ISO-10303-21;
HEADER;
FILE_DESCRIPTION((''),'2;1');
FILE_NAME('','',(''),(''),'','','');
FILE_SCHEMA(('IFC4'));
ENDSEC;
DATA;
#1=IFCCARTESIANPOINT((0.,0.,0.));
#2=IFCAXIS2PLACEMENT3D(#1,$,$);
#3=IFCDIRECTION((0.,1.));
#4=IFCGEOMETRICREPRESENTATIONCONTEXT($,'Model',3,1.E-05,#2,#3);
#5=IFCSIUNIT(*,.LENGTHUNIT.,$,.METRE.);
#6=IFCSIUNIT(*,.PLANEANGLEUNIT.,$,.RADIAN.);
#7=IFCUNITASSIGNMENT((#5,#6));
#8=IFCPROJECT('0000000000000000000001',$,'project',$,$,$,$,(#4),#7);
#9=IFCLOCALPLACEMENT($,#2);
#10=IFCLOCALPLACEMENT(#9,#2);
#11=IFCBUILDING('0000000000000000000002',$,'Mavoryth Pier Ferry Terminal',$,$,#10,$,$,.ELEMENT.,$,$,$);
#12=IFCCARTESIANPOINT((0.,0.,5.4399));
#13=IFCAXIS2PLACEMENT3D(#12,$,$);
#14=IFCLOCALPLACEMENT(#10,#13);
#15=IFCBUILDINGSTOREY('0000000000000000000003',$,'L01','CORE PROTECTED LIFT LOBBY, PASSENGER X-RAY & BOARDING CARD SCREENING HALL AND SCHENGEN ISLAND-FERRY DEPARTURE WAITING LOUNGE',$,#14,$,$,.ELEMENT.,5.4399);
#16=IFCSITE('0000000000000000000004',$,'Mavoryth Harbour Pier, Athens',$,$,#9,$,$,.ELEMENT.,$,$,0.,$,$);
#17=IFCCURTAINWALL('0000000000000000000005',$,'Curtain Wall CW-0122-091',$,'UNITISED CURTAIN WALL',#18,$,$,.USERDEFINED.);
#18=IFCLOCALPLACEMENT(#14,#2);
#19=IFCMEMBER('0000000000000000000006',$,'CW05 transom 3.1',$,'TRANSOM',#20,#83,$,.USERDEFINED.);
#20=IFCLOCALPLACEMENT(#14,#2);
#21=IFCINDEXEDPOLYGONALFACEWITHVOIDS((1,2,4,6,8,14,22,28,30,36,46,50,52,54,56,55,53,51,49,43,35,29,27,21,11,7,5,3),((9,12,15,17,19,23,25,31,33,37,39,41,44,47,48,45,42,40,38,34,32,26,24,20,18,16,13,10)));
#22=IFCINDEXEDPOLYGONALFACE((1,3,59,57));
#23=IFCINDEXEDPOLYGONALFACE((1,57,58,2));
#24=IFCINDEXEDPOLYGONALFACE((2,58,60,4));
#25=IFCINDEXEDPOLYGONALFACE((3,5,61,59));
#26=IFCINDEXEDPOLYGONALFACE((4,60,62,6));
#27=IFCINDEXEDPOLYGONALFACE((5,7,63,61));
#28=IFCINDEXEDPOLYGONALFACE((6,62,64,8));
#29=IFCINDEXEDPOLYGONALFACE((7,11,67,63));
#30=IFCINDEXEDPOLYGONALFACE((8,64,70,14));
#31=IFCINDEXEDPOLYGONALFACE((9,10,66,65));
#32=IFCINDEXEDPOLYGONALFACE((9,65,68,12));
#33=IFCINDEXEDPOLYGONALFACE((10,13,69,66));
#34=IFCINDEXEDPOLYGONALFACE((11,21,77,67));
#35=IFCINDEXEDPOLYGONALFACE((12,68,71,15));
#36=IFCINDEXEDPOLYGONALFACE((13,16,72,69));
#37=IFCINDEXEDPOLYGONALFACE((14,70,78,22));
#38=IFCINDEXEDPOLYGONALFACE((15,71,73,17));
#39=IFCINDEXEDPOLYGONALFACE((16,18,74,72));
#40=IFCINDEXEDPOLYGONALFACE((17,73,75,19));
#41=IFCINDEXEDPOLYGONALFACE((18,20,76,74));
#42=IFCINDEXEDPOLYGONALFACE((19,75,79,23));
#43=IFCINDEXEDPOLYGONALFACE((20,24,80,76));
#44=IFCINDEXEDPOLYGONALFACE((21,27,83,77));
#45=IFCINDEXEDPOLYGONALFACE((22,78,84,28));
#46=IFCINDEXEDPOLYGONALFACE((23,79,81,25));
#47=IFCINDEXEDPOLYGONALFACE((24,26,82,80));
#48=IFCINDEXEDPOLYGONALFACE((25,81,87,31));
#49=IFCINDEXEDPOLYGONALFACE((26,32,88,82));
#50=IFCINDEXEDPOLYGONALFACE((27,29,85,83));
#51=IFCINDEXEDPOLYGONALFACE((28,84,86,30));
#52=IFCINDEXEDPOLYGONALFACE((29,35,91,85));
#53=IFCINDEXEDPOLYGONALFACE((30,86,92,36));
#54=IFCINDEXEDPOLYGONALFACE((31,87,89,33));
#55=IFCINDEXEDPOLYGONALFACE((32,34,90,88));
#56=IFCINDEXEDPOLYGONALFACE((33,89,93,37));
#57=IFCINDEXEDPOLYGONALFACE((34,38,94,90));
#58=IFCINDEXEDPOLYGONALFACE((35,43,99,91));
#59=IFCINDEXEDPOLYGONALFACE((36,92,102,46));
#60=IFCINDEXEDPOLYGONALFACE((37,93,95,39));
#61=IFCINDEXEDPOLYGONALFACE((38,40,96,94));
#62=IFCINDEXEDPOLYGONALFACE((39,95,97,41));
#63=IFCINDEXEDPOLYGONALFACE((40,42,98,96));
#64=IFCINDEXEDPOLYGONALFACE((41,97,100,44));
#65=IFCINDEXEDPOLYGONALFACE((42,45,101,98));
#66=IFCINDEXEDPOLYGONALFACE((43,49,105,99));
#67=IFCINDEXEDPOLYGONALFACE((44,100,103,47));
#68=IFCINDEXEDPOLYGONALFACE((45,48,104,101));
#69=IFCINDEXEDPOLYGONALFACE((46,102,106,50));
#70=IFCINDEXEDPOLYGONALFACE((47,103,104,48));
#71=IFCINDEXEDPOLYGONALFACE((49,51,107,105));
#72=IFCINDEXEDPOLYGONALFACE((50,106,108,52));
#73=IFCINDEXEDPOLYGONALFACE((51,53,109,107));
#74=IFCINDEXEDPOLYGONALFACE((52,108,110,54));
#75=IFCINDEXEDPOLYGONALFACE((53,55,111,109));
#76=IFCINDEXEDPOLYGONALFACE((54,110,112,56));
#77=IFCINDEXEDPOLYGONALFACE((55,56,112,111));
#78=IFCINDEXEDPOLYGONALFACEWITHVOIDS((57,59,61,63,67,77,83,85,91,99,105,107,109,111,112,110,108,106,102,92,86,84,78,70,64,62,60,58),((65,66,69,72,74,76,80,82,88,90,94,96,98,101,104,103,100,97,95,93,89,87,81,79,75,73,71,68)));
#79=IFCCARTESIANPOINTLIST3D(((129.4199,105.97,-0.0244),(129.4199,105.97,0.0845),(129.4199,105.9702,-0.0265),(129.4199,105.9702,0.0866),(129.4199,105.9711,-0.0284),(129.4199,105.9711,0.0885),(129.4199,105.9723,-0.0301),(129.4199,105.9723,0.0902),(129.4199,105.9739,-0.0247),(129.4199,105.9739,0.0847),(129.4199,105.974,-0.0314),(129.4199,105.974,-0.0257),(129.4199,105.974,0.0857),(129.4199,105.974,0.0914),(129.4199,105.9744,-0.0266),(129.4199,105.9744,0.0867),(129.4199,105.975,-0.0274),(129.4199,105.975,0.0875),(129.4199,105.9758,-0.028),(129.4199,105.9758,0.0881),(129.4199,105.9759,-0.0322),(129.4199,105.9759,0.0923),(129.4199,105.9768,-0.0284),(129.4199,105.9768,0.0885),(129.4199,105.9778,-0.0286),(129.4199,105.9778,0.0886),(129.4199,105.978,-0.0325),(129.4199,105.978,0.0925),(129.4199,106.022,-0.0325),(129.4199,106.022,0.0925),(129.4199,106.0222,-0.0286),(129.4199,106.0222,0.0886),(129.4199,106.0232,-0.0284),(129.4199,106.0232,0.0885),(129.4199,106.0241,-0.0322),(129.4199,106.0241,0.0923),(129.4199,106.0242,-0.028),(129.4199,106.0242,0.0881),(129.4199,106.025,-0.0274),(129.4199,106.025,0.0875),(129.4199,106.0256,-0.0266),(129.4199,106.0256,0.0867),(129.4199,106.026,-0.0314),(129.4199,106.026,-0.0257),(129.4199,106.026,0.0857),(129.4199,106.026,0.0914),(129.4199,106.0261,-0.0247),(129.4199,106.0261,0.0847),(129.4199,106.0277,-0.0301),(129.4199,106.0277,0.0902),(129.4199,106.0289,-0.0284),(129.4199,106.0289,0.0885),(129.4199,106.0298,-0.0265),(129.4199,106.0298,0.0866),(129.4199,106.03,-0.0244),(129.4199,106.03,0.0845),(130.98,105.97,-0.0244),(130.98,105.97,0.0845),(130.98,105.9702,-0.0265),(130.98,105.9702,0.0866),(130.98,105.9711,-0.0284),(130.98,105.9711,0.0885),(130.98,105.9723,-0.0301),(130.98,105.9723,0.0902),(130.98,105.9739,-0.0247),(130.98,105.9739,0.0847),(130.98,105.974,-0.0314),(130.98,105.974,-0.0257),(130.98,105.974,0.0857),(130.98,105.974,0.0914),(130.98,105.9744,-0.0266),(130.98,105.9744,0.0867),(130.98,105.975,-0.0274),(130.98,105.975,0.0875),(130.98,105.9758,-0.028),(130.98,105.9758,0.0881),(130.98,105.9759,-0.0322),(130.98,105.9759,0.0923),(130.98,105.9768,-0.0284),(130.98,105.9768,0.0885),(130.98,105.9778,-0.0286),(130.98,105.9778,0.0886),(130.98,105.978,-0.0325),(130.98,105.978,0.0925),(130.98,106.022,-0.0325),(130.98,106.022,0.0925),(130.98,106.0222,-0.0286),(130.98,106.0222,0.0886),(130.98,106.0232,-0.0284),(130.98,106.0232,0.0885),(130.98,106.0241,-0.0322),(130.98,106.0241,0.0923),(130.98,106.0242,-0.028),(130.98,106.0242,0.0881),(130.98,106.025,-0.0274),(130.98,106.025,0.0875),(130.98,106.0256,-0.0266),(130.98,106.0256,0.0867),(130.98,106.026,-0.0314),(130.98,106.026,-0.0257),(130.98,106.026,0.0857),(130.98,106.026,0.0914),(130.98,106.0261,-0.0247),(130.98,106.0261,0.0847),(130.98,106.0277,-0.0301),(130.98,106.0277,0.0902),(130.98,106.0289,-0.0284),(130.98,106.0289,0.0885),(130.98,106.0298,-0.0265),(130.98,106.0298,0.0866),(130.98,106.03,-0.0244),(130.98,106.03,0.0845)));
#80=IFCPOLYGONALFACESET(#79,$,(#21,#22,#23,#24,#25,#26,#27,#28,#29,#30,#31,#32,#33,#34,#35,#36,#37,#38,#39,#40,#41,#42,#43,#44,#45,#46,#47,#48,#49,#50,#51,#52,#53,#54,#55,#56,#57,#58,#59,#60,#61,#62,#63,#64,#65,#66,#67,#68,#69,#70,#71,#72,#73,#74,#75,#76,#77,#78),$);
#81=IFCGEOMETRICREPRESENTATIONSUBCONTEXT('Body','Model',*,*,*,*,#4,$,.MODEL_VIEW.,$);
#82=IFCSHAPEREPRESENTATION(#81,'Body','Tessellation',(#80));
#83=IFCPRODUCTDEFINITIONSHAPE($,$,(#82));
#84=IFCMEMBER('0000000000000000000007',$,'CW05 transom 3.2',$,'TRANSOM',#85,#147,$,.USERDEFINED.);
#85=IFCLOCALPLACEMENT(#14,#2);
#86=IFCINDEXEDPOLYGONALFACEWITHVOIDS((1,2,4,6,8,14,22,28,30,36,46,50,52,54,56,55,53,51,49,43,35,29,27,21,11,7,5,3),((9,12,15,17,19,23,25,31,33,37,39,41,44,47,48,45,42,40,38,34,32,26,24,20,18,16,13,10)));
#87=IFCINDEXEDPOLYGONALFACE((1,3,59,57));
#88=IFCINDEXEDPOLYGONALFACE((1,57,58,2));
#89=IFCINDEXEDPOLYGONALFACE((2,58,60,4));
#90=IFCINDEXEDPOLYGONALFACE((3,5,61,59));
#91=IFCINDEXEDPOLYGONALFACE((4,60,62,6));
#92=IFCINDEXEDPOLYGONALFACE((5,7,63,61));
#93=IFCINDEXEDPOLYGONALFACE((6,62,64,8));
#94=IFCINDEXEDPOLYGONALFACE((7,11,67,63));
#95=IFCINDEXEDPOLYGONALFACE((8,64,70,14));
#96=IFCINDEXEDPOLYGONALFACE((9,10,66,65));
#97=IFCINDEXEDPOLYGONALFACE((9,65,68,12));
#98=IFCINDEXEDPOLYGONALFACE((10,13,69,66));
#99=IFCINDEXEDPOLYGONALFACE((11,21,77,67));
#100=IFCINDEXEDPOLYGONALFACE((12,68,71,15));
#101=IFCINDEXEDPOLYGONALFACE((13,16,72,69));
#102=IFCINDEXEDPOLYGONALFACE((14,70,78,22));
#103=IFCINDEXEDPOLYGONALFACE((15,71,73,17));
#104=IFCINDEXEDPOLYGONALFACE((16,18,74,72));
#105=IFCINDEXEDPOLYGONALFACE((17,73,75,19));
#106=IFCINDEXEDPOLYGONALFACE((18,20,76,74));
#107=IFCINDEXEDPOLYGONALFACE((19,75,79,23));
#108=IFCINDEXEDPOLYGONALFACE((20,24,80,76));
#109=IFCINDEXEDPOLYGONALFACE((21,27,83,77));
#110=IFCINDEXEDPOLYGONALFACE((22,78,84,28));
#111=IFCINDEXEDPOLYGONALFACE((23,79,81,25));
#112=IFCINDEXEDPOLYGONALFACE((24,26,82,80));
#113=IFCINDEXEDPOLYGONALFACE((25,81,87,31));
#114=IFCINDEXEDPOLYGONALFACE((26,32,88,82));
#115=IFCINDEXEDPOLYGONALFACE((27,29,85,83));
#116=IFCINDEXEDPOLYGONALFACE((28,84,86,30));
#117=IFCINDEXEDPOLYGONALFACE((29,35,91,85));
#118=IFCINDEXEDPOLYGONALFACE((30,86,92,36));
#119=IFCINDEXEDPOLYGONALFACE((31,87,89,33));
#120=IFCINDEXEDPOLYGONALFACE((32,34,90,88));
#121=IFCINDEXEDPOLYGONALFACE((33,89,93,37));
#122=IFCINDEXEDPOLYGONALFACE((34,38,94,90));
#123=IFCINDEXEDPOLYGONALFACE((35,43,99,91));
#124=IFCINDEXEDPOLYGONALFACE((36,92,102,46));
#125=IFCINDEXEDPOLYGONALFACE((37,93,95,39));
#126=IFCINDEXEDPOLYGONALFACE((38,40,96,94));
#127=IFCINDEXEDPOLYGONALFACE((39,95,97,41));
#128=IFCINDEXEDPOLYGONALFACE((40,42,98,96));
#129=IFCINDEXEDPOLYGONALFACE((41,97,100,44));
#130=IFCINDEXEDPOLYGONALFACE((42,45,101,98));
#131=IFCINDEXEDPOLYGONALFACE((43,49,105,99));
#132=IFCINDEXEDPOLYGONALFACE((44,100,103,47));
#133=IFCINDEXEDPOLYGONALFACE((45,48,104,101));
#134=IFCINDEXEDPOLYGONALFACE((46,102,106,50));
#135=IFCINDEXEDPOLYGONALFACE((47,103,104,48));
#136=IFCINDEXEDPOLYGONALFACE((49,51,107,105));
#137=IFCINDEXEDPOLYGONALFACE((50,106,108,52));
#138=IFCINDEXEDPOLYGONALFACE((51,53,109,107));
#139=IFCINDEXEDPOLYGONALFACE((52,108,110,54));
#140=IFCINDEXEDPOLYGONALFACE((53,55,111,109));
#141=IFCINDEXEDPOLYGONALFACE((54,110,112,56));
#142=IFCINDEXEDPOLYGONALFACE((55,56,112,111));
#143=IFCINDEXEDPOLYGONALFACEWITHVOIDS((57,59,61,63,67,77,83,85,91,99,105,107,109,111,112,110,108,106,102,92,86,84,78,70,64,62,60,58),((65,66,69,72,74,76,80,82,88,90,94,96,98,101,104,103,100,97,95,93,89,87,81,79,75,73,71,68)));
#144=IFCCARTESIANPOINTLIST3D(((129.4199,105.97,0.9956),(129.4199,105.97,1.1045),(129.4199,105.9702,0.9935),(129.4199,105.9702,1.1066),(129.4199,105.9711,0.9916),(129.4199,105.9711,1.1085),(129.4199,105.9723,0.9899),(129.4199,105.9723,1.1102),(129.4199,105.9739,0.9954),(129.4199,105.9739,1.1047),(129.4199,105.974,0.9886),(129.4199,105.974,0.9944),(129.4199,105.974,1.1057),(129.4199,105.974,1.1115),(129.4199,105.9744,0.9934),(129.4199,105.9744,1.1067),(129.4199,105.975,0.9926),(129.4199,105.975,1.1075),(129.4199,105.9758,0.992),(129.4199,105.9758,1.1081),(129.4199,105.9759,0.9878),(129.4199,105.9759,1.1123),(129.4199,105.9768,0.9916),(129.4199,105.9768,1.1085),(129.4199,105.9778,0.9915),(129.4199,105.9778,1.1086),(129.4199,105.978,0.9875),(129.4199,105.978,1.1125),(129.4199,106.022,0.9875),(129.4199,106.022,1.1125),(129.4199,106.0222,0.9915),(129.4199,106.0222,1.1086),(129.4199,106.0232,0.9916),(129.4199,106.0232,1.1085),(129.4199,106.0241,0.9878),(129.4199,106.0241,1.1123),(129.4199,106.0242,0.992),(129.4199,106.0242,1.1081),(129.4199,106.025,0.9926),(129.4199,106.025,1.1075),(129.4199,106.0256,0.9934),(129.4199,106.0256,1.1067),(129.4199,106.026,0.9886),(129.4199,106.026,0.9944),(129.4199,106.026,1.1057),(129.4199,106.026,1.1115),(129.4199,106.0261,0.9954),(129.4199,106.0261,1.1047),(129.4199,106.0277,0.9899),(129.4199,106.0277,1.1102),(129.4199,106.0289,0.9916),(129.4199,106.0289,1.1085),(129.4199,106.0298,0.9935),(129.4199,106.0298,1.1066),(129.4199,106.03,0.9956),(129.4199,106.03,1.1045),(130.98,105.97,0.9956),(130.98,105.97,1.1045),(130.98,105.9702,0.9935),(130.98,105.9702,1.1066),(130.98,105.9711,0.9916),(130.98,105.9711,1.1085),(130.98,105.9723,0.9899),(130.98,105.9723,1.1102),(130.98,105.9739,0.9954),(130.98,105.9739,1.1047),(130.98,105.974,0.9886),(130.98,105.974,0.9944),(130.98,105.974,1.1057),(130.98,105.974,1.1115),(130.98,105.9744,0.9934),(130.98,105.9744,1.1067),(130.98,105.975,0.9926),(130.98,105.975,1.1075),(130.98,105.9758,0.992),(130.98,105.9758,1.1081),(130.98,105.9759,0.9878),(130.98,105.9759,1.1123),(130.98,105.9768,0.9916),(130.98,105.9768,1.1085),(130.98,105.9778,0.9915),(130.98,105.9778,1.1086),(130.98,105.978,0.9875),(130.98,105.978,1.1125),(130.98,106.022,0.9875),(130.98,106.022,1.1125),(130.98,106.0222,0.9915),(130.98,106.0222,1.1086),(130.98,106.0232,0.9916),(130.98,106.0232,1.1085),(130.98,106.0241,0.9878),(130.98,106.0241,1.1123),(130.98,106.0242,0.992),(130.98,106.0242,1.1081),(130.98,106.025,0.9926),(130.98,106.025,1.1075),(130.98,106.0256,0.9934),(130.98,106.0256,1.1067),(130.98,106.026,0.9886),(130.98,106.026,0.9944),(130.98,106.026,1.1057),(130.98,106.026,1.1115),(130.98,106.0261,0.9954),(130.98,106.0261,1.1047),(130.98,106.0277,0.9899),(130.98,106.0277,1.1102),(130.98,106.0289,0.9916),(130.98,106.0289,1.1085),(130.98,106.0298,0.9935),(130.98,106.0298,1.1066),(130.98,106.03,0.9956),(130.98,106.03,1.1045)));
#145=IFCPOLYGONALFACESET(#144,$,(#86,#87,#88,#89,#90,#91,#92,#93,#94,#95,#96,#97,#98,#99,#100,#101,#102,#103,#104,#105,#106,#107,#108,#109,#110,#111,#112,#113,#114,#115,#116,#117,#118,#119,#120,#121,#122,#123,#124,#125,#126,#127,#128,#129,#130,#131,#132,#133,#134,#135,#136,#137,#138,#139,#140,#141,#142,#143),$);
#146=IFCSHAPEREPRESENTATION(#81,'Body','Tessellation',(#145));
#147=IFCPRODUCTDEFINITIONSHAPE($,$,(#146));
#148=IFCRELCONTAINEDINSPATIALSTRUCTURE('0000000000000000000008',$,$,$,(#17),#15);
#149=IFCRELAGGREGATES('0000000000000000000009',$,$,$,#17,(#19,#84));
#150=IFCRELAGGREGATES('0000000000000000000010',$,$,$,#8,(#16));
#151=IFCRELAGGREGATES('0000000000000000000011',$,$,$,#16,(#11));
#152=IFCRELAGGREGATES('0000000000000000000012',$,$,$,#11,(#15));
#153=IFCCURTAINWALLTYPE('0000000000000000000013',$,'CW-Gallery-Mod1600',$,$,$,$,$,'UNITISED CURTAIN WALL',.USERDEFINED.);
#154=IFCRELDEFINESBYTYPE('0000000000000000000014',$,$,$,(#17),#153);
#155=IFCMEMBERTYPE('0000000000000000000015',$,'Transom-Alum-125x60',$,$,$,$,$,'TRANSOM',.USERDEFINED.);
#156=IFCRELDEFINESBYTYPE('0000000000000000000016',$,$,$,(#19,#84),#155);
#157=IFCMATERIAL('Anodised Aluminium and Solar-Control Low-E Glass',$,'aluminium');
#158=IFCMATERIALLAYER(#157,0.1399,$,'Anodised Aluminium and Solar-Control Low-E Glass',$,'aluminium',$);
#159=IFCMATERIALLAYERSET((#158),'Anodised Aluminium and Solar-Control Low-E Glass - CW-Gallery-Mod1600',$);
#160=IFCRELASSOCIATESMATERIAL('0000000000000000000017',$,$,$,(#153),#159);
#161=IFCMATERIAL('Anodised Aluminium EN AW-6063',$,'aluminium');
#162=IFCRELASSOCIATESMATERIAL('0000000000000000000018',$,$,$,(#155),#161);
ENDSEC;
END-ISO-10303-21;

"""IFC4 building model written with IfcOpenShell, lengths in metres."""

from ifc_helpers import new_model, si_unit, direction, frame, origin, origin_2d, place, context, subcontext, project, spatial, hollow_rectangle, extrude, material, layer, layer_set, material_profile, profile_set, type_object, element, aggregate, save


model = new_model("IFC4")

# Units and contexts
model_context = context("Model", 3, precision=1e-05, world=origin(), true_north=direction((0.0, 1.0)))
body_context = subcontext(model_context, "Body", "Model", "MODEL_VIEW")
ifc_project = project(units=[si_unit("LENGTHUNIT", "METRE"), si_unit("PLANEANGLEUNIT", "RADIAN")], contexts=[model_context])

# Site, building, storey
site_placement = place(None, origin())
site = spatial("IfcSite", under=ifc_project, at=site_placement, Name="Mavoryth Harbour Pier, Athens", CompositionType="ELEMENT", RefElevation=0.0)
building_placement = place(site_placement, origin())
building = spatial("IfcBuilding", under=site, at=building_placement, Name="Mavoryth Pier Ferry Terminal", CompositionType="ELEMENT")
storey_placement = place(building_placement, frame((0.0, 0.0, 5.4399)))
storey = spatial("IfcBuildingStorey", under=building, at=storey_placement, Name="L01", Description="CORE PROTECTED LIFT LOBBY, PASSENGER X-RAY & BOARDING CARD SCREENING HALL AND SCHENGEN ISLAND-FERRY DEPARTURE WAITING LOUNGE", CompositionType="ELEMENT", Elevation=5.4399)

# Shared definitions
ifc_material_1 = material(Name="Anodised Aluminium and Solar-Control Low-E Glass", Category="aluminium")
ifc_layer_1 = layer(ifc_material_1, 0.1399, Name="Anodised Aluminium and Solar-Control Low-E Glass", Category="aluminium")
ifc_layer_set_1 = layer_set([ifc_layer_1], Name="Anodised Aluminium and Solar-Control Low-E Glass - CW-Gallery-Mod1600")
curtain_wall_type = type_object("IfcCurtainWallType", Name="CW-Gallery-Mod1600", ElementType="UNITISED CURTAIN WALL", PredefinedType="USERDEFINED", material=ifc_layer_set_1)
ifc_material_2 = material(Name="Anodised Aluminium EN AW-6063", Category="aluminium")

# Curtain wall
curtain_wall_1_placement = place(storey_placement, origin())
curtain_wall_1 = element("IfcCurtainWall", 1, at=curtain_wall_1_placement, inside=storey, type_object=curtain_wall_type, Name="Curtain Wall CW-0122-091", ObjectType="UNITISED CURTAIN WALL", PredefinedType="USERDEFINED")

# Members
ifc_material_profile_1 = material_profile(ifc_material_2, hollow_rectangle(XDim=0.0601, YDim=0.125, WallThickness=0.0039, InnerFilletRadius=0.0039, OuterFilletRadius=0.0081, at=origin_2d()), Name="AL-TRAN 125x60x4", Category="aluminium")
ifc_profile_set_1 = profile_set([ifc_material_profile_1], Name="Anodised Aluminium EN AW-6063 - AL-TRAN 125x60x4")
member_type_1 = type_object("IfcMemberType", Name="Transom-Alum-125x60", ElementType="TRANSOM", PredefinedType="USERDEFINED", material=ifc_profile_set_1)
member_1_placement = place(storey_placement, frame((129.4199, 106.0, 0.03), z_axis=(1.0, 0.0, 0.0), x_axis=(0.0, 1.0, 0.0)))
member_1 = element("IfcMember", 2, at=member_1_placement, type_object=member_type_1, Name="CW05 transom 3.1", ObjectType="TRANSOM", PredefinedType="USERDEFINED", context=body_context, shape_type="SweptSolid", body=[
    extrude(hollow_rectangle(XDim=0.0601, YDim=0.125, WallThickness=0.0039, InnerFilletRadius=0.0039, OuterFilletRadius=0.0081, at=origin_2d()), origin(), (0.0, 0.0, 1.0), 1.5601),
])
member_2_placement = place(storey_placement, frame((129.4199, 106.0, 1.05), z_axis=(1.0, 0.0, 0.0), x_axis=(0.0, 1.0, 0.0)))
member_2 = element("IfcMember", 3, at=member_2_placement, type_object=member_type_1, Name="CW05 transom 3.2", ObjectType="TRANSOM", PredefinedType="USERDEFINED", context=body_context, shape_type="SweptSolid", body=[
    extrude(hollow_rectangle(XDim=0.0601, YDim=0.125, WallThickness=0.0039, InnerFilletRadius=0.0039, OuterFilletRadius=0.0081, at=origin_2d()), origin(), (0.0, 0.0, 1.0), 1.5601),
])

aggregate(curtain_wall_1, [member_1, member_2])

save(model, "model.ifc")
